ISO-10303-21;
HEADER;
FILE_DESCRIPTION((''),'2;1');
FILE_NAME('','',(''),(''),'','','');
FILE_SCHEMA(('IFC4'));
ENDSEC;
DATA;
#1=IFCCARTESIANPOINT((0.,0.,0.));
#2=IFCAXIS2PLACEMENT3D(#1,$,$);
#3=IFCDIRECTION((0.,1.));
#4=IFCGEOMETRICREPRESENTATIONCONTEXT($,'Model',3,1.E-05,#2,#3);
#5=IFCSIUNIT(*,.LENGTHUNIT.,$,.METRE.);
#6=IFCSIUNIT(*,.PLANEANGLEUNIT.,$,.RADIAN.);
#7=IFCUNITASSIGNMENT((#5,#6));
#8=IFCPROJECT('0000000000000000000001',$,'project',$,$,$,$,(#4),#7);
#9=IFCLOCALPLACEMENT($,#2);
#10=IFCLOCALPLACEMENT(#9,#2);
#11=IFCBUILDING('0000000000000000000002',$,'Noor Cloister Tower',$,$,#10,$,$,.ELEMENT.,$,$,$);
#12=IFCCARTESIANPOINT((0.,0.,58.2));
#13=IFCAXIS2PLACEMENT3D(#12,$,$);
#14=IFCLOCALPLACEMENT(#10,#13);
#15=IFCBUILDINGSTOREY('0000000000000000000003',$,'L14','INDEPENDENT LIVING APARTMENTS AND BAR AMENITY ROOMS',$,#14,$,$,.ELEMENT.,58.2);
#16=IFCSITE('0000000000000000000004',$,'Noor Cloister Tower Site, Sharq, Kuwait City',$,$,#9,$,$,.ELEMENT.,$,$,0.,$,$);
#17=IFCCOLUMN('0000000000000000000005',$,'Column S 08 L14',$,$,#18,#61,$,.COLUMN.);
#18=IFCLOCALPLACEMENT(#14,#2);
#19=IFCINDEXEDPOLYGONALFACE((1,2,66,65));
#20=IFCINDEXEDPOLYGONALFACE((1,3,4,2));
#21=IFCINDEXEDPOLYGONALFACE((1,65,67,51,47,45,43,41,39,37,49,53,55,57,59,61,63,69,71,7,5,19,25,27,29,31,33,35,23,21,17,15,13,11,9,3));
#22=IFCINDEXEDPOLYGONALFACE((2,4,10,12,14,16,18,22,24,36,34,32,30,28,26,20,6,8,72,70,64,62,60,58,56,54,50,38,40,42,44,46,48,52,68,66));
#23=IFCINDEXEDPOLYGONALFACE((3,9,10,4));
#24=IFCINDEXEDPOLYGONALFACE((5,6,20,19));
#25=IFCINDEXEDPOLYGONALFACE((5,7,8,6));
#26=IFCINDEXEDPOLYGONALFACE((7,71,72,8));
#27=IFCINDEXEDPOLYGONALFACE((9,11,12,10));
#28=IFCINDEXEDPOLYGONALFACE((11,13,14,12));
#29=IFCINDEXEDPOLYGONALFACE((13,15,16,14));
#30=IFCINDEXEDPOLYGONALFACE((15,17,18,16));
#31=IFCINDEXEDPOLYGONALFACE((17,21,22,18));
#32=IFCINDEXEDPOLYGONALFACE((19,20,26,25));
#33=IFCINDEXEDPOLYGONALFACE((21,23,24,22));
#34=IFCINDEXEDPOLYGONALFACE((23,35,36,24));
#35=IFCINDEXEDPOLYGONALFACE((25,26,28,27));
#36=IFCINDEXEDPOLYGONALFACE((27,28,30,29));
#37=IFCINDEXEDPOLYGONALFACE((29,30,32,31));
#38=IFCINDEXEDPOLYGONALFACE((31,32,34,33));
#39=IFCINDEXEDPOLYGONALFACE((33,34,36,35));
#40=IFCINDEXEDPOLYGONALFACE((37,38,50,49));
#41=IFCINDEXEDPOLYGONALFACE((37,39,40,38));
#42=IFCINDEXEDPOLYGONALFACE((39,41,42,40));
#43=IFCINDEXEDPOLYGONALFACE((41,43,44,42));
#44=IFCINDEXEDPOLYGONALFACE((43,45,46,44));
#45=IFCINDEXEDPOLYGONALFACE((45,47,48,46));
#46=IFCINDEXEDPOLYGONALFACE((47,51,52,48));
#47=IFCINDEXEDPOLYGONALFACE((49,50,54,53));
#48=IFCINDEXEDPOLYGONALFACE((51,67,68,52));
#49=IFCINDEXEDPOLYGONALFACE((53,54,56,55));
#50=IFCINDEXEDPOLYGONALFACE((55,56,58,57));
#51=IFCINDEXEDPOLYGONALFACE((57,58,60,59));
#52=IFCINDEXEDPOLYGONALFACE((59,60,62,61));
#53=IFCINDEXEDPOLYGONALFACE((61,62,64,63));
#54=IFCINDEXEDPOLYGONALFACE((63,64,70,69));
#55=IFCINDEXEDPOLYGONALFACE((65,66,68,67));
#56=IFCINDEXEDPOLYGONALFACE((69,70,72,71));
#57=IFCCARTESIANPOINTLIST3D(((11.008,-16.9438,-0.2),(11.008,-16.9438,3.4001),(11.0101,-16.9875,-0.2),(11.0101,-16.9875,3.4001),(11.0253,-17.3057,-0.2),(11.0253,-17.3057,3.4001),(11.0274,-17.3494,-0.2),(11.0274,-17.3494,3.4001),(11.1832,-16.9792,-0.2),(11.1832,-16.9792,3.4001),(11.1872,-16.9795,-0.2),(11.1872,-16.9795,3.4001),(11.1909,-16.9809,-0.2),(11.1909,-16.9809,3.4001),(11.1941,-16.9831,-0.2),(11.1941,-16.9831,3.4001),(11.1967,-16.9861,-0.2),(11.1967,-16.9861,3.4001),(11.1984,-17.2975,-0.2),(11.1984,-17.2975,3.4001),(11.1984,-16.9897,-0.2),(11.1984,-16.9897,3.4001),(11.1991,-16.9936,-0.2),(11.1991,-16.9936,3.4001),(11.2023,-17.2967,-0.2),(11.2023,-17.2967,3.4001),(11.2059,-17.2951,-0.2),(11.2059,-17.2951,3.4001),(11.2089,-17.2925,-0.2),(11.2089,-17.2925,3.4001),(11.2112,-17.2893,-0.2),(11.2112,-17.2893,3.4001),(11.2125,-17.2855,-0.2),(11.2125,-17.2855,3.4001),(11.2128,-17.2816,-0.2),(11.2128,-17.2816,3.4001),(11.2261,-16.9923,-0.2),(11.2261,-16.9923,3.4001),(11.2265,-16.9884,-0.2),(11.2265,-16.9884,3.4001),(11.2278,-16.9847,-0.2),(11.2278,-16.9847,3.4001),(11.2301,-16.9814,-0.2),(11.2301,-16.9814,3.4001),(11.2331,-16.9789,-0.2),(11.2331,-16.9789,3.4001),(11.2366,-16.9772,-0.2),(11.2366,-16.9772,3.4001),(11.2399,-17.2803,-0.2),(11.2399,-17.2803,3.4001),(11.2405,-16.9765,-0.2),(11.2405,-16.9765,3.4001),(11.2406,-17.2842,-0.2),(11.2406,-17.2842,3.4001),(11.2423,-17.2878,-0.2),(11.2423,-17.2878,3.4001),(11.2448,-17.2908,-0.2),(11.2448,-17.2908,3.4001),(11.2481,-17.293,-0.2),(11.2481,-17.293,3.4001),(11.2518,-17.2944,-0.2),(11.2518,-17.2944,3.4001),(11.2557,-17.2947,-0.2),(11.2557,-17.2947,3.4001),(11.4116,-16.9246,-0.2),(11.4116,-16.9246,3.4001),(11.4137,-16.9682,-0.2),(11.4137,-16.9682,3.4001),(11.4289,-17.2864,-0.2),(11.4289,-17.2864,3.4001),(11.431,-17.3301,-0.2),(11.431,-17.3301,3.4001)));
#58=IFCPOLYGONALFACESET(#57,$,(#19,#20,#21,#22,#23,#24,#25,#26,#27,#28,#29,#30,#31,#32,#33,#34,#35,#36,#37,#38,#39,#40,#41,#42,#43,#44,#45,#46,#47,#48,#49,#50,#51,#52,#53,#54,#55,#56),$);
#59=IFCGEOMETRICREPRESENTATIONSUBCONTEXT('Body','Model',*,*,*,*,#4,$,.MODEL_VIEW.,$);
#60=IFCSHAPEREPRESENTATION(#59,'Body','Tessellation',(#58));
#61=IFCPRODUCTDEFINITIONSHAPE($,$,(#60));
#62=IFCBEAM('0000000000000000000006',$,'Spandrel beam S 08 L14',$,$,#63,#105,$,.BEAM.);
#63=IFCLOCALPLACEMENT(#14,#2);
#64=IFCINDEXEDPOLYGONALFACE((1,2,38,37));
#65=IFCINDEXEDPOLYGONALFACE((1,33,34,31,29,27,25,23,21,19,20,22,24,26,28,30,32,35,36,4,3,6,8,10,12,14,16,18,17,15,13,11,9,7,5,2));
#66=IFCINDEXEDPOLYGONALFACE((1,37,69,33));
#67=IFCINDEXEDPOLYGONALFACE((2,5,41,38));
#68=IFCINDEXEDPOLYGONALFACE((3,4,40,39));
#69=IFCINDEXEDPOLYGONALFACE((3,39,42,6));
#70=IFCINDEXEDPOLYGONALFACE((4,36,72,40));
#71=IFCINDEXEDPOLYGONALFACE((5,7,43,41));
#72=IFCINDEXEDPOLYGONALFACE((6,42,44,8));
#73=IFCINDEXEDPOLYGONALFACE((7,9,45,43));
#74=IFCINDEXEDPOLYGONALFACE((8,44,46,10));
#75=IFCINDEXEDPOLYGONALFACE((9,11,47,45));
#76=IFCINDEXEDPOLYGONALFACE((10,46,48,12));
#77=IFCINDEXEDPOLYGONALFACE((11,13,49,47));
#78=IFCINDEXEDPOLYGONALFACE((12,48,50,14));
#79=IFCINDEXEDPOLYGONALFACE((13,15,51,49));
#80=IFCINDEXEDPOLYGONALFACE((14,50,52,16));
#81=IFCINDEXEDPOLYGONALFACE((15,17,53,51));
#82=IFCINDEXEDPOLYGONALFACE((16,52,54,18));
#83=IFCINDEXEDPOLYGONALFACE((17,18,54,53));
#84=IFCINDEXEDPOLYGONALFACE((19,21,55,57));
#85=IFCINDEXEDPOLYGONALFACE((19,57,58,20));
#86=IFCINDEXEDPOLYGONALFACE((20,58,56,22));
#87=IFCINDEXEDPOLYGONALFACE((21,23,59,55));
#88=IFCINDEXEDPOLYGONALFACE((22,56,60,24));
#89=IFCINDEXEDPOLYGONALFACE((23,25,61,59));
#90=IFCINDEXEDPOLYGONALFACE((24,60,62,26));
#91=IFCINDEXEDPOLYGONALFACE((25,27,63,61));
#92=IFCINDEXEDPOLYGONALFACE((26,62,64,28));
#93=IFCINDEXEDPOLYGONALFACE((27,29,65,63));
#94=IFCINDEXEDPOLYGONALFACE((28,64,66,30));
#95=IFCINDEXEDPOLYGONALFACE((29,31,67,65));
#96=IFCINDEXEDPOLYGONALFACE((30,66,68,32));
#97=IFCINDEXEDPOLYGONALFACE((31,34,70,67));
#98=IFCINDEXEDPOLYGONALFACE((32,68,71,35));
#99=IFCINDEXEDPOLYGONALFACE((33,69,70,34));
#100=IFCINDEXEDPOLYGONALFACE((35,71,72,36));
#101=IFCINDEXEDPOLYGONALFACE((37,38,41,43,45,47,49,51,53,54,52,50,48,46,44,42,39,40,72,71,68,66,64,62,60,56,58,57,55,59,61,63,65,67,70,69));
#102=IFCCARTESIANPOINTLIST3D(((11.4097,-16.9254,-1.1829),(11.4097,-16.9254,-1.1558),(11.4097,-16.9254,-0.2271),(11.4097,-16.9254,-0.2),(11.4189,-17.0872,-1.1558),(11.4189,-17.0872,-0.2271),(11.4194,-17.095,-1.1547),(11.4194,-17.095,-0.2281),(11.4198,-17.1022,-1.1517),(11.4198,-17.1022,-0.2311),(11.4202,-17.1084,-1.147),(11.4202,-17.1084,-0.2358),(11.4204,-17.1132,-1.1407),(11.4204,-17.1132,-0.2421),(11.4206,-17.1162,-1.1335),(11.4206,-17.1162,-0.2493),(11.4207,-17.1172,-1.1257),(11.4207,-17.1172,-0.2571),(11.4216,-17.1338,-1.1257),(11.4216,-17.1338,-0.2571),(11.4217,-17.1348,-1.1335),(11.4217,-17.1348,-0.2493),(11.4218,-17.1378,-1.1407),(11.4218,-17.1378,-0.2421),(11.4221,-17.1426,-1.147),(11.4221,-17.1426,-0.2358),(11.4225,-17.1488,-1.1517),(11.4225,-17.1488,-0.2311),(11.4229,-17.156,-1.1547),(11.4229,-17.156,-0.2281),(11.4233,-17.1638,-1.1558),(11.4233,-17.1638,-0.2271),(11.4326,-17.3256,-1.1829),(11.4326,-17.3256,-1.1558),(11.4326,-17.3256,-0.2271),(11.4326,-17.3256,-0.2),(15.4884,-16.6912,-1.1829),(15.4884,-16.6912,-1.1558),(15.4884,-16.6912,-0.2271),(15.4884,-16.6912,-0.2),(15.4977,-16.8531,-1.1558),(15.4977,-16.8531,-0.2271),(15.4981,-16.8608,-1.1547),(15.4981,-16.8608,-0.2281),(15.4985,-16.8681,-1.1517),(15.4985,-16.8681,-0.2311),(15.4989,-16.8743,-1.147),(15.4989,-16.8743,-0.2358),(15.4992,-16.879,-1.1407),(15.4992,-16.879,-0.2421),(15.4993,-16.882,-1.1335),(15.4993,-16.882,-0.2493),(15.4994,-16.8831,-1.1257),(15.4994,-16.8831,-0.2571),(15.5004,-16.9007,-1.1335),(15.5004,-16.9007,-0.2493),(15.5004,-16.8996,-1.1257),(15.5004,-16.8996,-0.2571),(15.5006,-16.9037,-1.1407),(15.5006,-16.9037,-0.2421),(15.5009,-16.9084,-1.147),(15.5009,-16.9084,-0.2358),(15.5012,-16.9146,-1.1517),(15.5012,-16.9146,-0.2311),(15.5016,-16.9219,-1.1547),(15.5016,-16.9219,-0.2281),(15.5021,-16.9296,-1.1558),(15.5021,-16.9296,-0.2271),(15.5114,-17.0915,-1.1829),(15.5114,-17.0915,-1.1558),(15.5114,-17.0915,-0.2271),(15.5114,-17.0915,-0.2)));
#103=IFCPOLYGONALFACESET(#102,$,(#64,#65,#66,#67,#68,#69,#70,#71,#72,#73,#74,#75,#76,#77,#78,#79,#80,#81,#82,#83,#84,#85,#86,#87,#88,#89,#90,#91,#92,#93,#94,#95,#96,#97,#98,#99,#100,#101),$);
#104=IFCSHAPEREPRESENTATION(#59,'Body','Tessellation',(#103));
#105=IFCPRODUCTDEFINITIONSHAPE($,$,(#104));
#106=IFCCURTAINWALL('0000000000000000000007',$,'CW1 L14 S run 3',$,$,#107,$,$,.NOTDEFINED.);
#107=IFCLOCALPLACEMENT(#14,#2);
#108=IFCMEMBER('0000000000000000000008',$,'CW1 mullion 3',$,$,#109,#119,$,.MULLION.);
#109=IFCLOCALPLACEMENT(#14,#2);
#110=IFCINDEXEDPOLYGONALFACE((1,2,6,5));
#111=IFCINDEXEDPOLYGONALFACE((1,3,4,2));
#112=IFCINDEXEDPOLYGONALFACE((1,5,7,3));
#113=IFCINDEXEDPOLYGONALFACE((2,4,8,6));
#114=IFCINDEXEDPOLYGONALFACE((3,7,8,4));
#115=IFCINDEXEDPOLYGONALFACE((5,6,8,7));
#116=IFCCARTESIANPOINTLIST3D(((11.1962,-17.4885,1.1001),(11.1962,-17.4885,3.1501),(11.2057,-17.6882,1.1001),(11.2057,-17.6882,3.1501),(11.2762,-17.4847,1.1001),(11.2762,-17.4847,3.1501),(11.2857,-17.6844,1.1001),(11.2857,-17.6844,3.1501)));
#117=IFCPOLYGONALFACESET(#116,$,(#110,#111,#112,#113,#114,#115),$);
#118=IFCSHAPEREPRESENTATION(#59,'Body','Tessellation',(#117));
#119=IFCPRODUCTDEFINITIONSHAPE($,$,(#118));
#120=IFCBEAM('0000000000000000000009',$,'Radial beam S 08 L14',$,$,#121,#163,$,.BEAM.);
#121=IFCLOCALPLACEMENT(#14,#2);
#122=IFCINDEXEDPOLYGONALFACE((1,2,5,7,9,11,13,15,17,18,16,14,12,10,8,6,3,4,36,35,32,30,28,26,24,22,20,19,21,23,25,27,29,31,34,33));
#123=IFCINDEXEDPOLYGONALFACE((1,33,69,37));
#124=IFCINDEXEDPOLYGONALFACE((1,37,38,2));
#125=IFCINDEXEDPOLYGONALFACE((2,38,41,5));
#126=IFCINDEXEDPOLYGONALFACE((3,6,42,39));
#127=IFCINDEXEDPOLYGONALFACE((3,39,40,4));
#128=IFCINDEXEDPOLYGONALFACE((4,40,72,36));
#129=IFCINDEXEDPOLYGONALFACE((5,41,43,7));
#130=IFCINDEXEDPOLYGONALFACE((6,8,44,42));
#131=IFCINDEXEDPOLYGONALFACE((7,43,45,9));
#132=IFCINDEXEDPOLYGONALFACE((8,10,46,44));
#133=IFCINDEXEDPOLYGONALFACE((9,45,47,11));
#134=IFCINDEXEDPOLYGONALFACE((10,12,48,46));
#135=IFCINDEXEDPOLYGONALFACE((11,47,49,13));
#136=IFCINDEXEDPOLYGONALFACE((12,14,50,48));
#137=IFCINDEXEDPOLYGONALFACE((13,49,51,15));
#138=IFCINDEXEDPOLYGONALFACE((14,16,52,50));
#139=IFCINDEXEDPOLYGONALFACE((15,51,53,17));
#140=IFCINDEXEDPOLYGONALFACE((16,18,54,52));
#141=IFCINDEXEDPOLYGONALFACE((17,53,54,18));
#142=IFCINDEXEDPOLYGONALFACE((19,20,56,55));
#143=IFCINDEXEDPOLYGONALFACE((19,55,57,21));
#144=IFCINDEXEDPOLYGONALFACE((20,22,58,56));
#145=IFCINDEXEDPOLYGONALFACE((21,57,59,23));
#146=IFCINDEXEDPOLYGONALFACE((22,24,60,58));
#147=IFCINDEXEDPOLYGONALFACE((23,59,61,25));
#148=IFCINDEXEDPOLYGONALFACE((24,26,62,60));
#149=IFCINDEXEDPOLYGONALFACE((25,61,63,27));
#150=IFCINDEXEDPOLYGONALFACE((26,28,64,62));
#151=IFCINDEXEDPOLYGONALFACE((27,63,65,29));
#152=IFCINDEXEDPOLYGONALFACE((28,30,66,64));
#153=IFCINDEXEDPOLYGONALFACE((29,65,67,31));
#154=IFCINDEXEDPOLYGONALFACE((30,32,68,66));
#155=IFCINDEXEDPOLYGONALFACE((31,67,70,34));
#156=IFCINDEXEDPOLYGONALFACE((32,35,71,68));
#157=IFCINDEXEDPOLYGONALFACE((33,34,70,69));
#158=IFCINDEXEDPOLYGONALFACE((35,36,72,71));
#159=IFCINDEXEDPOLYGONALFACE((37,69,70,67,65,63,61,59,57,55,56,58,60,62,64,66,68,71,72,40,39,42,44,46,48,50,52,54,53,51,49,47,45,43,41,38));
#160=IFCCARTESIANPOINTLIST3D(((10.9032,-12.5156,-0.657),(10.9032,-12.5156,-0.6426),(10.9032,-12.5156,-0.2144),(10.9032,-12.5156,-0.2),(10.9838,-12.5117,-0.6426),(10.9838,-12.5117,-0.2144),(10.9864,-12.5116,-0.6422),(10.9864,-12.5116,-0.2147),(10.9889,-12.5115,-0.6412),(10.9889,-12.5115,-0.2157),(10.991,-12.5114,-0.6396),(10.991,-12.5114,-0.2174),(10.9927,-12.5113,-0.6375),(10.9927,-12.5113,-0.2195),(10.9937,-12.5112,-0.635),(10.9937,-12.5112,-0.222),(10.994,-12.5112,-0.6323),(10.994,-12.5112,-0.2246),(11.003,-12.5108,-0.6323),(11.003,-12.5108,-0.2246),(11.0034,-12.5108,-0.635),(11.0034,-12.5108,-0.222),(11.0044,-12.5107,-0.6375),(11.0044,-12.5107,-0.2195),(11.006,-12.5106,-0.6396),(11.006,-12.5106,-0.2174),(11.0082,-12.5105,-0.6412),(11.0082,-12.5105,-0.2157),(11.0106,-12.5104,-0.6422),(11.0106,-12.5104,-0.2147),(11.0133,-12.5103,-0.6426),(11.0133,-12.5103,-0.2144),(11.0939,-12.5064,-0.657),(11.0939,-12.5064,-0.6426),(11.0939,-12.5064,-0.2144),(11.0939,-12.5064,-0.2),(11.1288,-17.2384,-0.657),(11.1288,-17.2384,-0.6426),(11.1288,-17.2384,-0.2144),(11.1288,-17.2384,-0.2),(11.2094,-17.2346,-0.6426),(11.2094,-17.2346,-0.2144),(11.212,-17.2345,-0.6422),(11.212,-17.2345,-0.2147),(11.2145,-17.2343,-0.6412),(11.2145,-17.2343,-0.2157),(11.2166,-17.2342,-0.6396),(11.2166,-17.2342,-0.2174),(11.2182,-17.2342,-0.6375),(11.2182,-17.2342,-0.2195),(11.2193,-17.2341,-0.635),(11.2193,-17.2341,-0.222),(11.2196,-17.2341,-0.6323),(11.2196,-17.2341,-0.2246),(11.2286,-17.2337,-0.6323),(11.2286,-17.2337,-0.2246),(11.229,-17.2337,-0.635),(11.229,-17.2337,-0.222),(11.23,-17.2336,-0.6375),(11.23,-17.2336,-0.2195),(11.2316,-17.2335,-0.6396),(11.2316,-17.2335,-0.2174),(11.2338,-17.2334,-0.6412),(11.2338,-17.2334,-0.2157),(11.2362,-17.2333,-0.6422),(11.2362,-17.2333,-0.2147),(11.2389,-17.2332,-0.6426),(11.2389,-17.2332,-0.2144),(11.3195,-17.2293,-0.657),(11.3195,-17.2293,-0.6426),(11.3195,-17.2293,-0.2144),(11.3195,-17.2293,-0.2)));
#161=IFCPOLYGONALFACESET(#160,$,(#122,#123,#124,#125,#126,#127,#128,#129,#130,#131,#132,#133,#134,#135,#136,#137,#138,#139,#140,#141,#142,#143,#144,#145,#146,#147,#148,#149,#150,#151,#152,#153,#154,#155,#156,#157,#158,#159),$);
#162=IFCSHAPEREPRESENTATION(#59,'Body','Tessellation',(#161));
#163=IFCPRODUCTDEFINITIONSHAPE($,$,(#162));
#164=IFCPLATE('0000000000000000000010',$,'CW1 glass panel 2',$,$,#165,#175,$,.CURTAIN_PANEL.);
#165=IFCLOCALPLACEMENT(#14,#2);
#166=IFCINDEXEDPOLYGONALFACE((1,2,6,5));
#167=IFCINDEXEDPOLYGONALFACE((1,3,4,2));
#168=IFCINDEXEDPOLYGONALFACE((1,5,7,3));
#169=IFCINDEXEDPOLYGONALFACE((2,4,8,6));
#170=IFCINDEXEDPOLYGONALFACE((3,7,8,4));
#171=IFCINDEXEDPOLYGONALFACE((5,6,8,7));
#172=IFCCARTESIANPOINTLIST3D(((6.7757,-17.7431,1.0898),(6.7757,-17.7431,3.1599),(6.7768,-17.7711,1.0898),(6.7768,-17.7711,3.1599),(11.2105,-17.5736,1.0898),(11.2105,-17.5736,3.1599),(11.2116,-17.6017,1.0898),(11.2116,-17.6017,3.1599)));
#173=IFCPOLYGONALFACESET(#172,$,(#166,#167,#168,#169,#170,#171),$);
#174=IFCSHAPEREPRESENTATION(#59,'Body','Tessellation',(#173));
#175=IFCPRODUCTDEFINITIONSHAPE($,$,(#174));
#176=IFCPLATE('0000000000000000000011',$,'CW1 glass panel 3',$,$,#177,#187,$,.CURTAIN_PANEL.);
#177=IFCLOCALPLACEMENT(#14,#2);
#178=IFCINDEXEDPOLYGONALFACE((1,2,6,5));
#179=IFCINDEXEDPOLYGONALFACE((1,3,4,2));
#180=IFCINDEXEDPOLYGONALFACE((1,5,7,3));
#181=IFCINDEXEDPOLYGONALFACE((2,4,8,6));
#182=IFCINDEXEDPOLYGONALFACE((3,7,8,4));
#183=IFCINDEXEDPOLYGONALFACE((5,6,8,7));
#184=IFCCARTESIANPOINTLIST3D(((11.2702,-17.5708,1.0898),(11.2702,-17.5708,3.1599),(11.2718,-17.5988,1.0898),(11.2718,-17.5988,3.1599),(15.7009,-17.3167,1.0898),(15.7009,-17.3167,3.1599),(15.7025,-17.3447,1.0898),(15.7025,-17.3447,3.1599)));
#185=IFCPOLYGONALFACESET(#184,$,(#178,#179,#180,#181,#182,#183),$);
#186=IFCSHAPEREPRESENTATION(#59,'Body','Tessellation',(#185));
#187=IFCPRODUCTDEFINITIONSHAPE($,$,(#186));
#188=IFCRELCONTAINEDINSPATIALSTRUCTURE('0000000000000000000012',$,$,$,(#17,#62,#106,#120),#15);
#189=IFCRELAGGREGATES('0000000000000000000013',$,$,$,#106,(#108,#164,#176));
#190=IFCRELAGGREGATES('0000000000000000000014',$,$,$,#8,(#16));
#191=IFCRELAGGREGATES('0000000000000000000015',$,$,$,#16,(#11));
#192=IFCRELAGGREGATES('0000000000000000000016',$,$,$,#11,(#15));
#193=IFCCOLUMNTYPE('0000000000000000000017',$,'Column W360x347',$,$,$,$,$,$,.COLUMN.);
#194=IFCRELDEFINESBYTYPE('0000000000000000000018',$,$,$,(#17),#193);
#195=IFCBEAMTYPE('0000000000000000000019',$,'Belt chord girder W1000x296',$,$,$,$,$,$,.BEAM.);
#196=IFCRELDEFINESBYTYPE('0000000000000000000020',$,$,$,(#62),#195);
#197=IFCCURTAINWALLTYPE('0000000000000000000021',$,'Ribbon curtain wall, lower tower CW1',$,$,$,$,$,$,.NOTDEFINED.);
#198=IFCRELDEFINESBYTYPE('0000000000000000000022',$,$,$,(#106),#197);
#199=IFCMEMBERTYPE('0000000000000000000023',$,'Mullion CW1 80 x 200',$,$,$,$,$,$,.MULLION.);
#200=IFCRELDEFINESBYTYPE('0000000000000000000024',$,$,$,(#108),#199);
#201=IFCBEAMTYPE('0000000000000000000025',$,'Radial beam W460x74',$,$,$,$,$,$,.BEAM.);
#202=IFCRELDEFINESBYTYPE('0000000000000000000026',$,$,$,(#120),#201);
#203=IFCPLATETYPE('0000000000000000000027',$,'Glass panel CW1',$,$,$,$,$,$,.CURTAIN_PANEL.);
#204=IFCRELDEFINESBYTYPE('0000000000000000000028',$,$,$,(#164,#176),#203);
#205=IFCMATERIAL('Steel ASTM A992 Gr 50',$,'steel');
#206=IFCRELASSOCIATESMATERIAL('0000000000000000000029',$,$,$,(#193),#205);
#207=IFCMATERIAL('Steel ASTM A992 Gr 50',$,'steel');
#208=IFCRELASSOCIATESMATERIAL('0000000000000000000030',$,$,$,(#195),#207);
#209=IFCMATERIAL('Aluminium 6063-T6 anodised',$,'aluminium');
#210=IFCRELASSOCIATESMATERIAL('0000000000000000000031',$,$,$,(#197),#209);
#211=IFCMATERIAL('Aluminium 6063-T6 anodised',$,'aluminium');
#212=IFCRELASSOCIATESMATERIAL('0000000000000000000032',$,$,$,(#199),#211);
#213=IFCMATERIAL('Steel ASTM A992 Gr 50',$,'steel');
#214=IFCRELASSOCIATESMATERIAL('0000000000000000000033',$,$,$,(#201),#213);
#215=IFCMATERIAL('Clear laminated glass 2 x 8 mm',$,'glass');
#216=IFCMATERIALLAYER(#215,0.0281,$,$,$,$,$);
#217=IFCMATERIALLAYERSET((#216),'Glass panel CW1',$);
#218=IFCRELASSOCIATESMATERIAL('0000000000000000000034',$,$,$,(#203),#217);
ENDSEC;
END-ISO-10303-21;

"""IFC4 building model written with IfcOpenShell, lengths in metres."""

from ifc_helpers import new_model, si_unit, direction, frame, origin, origin_2d, place, context, subcontext, project, spatial, rectangle, i_section, extrude, material, layer, layer_set, material_profile, profile_set, type_object, element, aggregate, save


model = new_model("IFC4")

# Units and contexts
model_context = context("Model", 3, precision=1e-05, world=origin(), true_north=direction((0.0, 1.0)))
body_context = subcontext(model_context, "Body", "Model", "MODEL_VIEW")
ifc_project = project(units=[si_unit("LENGTHUNIT", "METRE"), si_unit("PLANEANGLEUNIT", "RADIAN")], contexts=[model_context])

# Site, building, storey
site_placement = place(None, origin())
site = spatial("IfcSite", under=ifc_project, at=site_placement, Name="Noor Cloister Tower Site, Sharq, Kuwait City", CompositionType="ELEMENT", RefElevation=0.0)
building_placement = place(site_placement, origin())
building = spatial("IfcBuilding", under=site, at=building_placement, Name="Noor Cloister Tower", CompositionType="ELEMENT")
storey_placement = place(building_placement, frame((0.0, 0.0, 58.2)))
storey = spatial("IfcBuildingStorey", under=building, at=storey_placement, Name="L14", Description="INDEPENDENT LIVING APARTMENTS AND BAR AMENITY ROOMS", CompositionType="ELEMENT", Elevation=58.2)

# Column
ifc_material_1 = material(Name="Steel ASTM A992 Gr 50", Category="steel")
ifc_material_profile_1 = material_profile(ifc_material_1, i_section(OverallWidth=0.4041, OverallDepth=0.406, WebThickness=0.0271, FlangeThickness=0.0437, FilletRadius=0.0151, at=origin_2d()), Name="W360x347")
ifc_profile_set_1 = profile_set([ifc_material_profile_1], Name="Steel ASTM A992 Gr 50")
column_type = type_object("IfcColumnType", Name="Column W360x347", PredefinedType="COLUMN", material=ifc_profile_set_1)
column_placement = place(storey_placement, frame((11.2195, -17.137, -0.2), z_axis=(0.0, 0.0, 1.0), x_axis=(0.998861, 0.047723, 0.0)))
element("IfcColumn", 1, at=column_placement, inside=storey, type_object=column_type, Name="Column S 08 L14", PredefinedType="COLUMN", context=body_context, shape_type="SweptSolid", body=[
    extrude(i_section(OverallWidth=0.4041, OverallDepth=0.406, WebThickness=0.0271, FlangeThickness=0.0437, FilletRadius=0.0151, at=origin_2d()), origin(), (0.0, 0.0, 1.0), 3.6001),
])

# Beam
ifc_material_2 = material(Name="Steel ASTM A992 Gr 50", Category="steel")
ifc_material_profile_2 = material_profile(ifc_material_2, i_section(OverallWidth=0.4009, OverallDepth=0.9829, WebThickness=0.0166, FlangeThickness=0.0271, FilletRadius=0.03, at=origin_2d()), Name="W1000x296")
ifc_profile_set_2 = profile_set([ifc_material_profile_2], Name="Steel ASTM A992 Gr 50")
beam_type_1 = type_object("IfcBeamType", Name="Belt chord girder W1000x296", PredefinedType="BEAM", material=ifc_profile_set_2)
beam_1_placement = place(storey_placement, frame((11.4211, -17.1255, -0.6914), z_axis=(0.998356, 0.05731, 0.0), x_axis=(-0.05731, 0.998356, 0.0)))
element("IfcBeam", 2, at=beam_1_placement, inside=storey, type_object=beam_type_1, Name="Spandrel beam S 08 L14", PredefinedType="BEAM", context=body_context, shape_type="SweptSolid", body=[
    extrude(i_section(OverallWidth=0.4009, OverallDepth=0.9829, WebThickness=0.0166, FlangeThickness=0.0271, FilletRadius=0.03, at=origin_2d()), origin(), (0.0, 0.0, 1.0), 4.0854),
])

# Curtain wall, member
ifc_material_3 = material(Name="Aluminium 6063-T6 anodised", Category="aluminium")
curtain_wall_type = type_object("IfcCurtainWallType", Name="Ribbon curtain wall, lower tower CW1", PredefinedType="NOTDEFINED", material=ifc_material_3)
curtain_wall_placement = place(storey_placement, origin())
curtain_wall = element("IfcCurtainWall", 3, at=curtain_wall_placement, inside=storey, type_object=curtain_wall_type, Name="CW1 L14 S run 3", PredefinedType="NOTDEFINED")
ifc_material_4 = material(Name="Aluminium 6063-T6 anodised", Category="aluminium")
ifc_material_profile_3 = material_profile(ifc_material_4, rectangle(XDim=0.2, YDim=0.0801, at=origin_2d()), Name="200 x 80 mullion")
ifc_profile_set_3 = profile_set([ifc_material_profile_3], Name="Aluminium 6063-T6 anodised")
member_type = type_object("IfcMemberType", Name="Mullion CW1 80 x 200", PredefinedType="MULLION", material=ifc_profile_set_3)
member_placement = place(storey_placement, frame((11.241, -17.5864, 1.1001), z_axis=(0.0, 0.0, 1.0), x_axis=(-0.047723, 0.998861, 0.0)))
member = element("IfcMember", 4, at=member_placement, type_object=member_type, Name="CW1 mullion 3", PredefinedType="MULLION", context=body_context, shape_type="SweptSolid", body=[
    extrude(rectangle(XDim=0.2, YDim=0.0801, at=origin_2d()), origin(), (0.0, 0.0, 1.0), 2.05),
])

# Beam
ifc_material_5 = material(Name="Steel ASTM A992 Gr 50", Category="steel")
ifc_material_profile_4 = material_profile(ifc_material_5, i_section(OverallWidth=0.1909, OverallDepth=0.457, WebThickness=0.009, FlangeThickness=0.0144, FilletRadius=0.0103, at=origin_2d()), Name="W460x74")
ifc_profile_set_4 = profile_set([ifc_material_profile_4], Name="Steel ASTM A992 Gr 50")
beam_type_2 = type_object("IfcBeamType", Name="Radial beam W460x74", PredefinedType="BEAM", material=ifc_profile_set_4)
beam_2_placement = place(storey_placement, frame((11.2241, -17.2339, -0.4285), z_axis=(-0.04771, 0.998861, 0.0), x_axis=(-0.998861, -0.04771, 0.0)))
element("IfcBeam", 5, at=beam_2_placement, inside=storey, type_object=beam_type_2, Name="Radial beam S 08 L14", PredefinedType="BEAM", context=body_context, shape_type="SweptSolid", body=[
    extrude(i_section(OverallWidth=0.1909, OverallDepth=0.457, WebThickness=0.009, FlangeThickness=0.0144, FilletRadius=0.0103, at=origin_2d()), origin(), (0.0, 0.0, 1.0), 4.7283),
])

# Plates
ifc_material_6 = material(Name="Clear laminated glass 2 x 8 mm", Category="glass")
ifc_layer_1 = layer(ifc_material_6, 0.0281)
ifc_layer_set_1 = layer_set([ifc_layer_1], Name="Glass panel CW1")
plate_type = type_object("IfcPlateType", Name="Glass panel CW1", PredefinedType="CURTAIN_PANEL", material=ifc_layer_set_1)
plate_1_placement = place(storey_placement, frame((8.9937, -17.6724, 1.0898), z_axis=(0.0, 0.0, 1.0), x_axis=(0.999271, 0.038183, 0.0)))
plate_1 = element("IfcPlate", 6, at=plate_1_placement, type_object=plate_type, Name="CW1 glass panel 2", PredefinedType="CURTAIN_PANEL", context=body_context, shape_type="SweptSolid", body=[
    extrude(rectangle(XDim=4.438, YDim=0.0281, at=origin_2d()), origin(), (0.0, 0.0, 1.0), 2.0701),
])
plate_2_placement = place(storey_placement, frame((13.4863, -17.4578, 1.0898), z_axis=(0.0, 0.0, 1.0), x_axis=(0.998359, 0.057258, 0.0)))
plate_2 = element("IfcPlate", 7, at=plate_2_placement, type_object=plate_type, Name="CW1 glass panel 3", PredefinedType="CURTAIN_PANEL", context=body_context, shape_type="SweptSolid", body=[
    extrude(rectangle(XDim=4.438, YDim=0.0281, at=origin_2d()), origin(), (0.0, 0.0, 1.0), 2.0701),
])
aggregate(curtain_wall, [member, plate_1, plate_2])

save(model, "model.ifc")
